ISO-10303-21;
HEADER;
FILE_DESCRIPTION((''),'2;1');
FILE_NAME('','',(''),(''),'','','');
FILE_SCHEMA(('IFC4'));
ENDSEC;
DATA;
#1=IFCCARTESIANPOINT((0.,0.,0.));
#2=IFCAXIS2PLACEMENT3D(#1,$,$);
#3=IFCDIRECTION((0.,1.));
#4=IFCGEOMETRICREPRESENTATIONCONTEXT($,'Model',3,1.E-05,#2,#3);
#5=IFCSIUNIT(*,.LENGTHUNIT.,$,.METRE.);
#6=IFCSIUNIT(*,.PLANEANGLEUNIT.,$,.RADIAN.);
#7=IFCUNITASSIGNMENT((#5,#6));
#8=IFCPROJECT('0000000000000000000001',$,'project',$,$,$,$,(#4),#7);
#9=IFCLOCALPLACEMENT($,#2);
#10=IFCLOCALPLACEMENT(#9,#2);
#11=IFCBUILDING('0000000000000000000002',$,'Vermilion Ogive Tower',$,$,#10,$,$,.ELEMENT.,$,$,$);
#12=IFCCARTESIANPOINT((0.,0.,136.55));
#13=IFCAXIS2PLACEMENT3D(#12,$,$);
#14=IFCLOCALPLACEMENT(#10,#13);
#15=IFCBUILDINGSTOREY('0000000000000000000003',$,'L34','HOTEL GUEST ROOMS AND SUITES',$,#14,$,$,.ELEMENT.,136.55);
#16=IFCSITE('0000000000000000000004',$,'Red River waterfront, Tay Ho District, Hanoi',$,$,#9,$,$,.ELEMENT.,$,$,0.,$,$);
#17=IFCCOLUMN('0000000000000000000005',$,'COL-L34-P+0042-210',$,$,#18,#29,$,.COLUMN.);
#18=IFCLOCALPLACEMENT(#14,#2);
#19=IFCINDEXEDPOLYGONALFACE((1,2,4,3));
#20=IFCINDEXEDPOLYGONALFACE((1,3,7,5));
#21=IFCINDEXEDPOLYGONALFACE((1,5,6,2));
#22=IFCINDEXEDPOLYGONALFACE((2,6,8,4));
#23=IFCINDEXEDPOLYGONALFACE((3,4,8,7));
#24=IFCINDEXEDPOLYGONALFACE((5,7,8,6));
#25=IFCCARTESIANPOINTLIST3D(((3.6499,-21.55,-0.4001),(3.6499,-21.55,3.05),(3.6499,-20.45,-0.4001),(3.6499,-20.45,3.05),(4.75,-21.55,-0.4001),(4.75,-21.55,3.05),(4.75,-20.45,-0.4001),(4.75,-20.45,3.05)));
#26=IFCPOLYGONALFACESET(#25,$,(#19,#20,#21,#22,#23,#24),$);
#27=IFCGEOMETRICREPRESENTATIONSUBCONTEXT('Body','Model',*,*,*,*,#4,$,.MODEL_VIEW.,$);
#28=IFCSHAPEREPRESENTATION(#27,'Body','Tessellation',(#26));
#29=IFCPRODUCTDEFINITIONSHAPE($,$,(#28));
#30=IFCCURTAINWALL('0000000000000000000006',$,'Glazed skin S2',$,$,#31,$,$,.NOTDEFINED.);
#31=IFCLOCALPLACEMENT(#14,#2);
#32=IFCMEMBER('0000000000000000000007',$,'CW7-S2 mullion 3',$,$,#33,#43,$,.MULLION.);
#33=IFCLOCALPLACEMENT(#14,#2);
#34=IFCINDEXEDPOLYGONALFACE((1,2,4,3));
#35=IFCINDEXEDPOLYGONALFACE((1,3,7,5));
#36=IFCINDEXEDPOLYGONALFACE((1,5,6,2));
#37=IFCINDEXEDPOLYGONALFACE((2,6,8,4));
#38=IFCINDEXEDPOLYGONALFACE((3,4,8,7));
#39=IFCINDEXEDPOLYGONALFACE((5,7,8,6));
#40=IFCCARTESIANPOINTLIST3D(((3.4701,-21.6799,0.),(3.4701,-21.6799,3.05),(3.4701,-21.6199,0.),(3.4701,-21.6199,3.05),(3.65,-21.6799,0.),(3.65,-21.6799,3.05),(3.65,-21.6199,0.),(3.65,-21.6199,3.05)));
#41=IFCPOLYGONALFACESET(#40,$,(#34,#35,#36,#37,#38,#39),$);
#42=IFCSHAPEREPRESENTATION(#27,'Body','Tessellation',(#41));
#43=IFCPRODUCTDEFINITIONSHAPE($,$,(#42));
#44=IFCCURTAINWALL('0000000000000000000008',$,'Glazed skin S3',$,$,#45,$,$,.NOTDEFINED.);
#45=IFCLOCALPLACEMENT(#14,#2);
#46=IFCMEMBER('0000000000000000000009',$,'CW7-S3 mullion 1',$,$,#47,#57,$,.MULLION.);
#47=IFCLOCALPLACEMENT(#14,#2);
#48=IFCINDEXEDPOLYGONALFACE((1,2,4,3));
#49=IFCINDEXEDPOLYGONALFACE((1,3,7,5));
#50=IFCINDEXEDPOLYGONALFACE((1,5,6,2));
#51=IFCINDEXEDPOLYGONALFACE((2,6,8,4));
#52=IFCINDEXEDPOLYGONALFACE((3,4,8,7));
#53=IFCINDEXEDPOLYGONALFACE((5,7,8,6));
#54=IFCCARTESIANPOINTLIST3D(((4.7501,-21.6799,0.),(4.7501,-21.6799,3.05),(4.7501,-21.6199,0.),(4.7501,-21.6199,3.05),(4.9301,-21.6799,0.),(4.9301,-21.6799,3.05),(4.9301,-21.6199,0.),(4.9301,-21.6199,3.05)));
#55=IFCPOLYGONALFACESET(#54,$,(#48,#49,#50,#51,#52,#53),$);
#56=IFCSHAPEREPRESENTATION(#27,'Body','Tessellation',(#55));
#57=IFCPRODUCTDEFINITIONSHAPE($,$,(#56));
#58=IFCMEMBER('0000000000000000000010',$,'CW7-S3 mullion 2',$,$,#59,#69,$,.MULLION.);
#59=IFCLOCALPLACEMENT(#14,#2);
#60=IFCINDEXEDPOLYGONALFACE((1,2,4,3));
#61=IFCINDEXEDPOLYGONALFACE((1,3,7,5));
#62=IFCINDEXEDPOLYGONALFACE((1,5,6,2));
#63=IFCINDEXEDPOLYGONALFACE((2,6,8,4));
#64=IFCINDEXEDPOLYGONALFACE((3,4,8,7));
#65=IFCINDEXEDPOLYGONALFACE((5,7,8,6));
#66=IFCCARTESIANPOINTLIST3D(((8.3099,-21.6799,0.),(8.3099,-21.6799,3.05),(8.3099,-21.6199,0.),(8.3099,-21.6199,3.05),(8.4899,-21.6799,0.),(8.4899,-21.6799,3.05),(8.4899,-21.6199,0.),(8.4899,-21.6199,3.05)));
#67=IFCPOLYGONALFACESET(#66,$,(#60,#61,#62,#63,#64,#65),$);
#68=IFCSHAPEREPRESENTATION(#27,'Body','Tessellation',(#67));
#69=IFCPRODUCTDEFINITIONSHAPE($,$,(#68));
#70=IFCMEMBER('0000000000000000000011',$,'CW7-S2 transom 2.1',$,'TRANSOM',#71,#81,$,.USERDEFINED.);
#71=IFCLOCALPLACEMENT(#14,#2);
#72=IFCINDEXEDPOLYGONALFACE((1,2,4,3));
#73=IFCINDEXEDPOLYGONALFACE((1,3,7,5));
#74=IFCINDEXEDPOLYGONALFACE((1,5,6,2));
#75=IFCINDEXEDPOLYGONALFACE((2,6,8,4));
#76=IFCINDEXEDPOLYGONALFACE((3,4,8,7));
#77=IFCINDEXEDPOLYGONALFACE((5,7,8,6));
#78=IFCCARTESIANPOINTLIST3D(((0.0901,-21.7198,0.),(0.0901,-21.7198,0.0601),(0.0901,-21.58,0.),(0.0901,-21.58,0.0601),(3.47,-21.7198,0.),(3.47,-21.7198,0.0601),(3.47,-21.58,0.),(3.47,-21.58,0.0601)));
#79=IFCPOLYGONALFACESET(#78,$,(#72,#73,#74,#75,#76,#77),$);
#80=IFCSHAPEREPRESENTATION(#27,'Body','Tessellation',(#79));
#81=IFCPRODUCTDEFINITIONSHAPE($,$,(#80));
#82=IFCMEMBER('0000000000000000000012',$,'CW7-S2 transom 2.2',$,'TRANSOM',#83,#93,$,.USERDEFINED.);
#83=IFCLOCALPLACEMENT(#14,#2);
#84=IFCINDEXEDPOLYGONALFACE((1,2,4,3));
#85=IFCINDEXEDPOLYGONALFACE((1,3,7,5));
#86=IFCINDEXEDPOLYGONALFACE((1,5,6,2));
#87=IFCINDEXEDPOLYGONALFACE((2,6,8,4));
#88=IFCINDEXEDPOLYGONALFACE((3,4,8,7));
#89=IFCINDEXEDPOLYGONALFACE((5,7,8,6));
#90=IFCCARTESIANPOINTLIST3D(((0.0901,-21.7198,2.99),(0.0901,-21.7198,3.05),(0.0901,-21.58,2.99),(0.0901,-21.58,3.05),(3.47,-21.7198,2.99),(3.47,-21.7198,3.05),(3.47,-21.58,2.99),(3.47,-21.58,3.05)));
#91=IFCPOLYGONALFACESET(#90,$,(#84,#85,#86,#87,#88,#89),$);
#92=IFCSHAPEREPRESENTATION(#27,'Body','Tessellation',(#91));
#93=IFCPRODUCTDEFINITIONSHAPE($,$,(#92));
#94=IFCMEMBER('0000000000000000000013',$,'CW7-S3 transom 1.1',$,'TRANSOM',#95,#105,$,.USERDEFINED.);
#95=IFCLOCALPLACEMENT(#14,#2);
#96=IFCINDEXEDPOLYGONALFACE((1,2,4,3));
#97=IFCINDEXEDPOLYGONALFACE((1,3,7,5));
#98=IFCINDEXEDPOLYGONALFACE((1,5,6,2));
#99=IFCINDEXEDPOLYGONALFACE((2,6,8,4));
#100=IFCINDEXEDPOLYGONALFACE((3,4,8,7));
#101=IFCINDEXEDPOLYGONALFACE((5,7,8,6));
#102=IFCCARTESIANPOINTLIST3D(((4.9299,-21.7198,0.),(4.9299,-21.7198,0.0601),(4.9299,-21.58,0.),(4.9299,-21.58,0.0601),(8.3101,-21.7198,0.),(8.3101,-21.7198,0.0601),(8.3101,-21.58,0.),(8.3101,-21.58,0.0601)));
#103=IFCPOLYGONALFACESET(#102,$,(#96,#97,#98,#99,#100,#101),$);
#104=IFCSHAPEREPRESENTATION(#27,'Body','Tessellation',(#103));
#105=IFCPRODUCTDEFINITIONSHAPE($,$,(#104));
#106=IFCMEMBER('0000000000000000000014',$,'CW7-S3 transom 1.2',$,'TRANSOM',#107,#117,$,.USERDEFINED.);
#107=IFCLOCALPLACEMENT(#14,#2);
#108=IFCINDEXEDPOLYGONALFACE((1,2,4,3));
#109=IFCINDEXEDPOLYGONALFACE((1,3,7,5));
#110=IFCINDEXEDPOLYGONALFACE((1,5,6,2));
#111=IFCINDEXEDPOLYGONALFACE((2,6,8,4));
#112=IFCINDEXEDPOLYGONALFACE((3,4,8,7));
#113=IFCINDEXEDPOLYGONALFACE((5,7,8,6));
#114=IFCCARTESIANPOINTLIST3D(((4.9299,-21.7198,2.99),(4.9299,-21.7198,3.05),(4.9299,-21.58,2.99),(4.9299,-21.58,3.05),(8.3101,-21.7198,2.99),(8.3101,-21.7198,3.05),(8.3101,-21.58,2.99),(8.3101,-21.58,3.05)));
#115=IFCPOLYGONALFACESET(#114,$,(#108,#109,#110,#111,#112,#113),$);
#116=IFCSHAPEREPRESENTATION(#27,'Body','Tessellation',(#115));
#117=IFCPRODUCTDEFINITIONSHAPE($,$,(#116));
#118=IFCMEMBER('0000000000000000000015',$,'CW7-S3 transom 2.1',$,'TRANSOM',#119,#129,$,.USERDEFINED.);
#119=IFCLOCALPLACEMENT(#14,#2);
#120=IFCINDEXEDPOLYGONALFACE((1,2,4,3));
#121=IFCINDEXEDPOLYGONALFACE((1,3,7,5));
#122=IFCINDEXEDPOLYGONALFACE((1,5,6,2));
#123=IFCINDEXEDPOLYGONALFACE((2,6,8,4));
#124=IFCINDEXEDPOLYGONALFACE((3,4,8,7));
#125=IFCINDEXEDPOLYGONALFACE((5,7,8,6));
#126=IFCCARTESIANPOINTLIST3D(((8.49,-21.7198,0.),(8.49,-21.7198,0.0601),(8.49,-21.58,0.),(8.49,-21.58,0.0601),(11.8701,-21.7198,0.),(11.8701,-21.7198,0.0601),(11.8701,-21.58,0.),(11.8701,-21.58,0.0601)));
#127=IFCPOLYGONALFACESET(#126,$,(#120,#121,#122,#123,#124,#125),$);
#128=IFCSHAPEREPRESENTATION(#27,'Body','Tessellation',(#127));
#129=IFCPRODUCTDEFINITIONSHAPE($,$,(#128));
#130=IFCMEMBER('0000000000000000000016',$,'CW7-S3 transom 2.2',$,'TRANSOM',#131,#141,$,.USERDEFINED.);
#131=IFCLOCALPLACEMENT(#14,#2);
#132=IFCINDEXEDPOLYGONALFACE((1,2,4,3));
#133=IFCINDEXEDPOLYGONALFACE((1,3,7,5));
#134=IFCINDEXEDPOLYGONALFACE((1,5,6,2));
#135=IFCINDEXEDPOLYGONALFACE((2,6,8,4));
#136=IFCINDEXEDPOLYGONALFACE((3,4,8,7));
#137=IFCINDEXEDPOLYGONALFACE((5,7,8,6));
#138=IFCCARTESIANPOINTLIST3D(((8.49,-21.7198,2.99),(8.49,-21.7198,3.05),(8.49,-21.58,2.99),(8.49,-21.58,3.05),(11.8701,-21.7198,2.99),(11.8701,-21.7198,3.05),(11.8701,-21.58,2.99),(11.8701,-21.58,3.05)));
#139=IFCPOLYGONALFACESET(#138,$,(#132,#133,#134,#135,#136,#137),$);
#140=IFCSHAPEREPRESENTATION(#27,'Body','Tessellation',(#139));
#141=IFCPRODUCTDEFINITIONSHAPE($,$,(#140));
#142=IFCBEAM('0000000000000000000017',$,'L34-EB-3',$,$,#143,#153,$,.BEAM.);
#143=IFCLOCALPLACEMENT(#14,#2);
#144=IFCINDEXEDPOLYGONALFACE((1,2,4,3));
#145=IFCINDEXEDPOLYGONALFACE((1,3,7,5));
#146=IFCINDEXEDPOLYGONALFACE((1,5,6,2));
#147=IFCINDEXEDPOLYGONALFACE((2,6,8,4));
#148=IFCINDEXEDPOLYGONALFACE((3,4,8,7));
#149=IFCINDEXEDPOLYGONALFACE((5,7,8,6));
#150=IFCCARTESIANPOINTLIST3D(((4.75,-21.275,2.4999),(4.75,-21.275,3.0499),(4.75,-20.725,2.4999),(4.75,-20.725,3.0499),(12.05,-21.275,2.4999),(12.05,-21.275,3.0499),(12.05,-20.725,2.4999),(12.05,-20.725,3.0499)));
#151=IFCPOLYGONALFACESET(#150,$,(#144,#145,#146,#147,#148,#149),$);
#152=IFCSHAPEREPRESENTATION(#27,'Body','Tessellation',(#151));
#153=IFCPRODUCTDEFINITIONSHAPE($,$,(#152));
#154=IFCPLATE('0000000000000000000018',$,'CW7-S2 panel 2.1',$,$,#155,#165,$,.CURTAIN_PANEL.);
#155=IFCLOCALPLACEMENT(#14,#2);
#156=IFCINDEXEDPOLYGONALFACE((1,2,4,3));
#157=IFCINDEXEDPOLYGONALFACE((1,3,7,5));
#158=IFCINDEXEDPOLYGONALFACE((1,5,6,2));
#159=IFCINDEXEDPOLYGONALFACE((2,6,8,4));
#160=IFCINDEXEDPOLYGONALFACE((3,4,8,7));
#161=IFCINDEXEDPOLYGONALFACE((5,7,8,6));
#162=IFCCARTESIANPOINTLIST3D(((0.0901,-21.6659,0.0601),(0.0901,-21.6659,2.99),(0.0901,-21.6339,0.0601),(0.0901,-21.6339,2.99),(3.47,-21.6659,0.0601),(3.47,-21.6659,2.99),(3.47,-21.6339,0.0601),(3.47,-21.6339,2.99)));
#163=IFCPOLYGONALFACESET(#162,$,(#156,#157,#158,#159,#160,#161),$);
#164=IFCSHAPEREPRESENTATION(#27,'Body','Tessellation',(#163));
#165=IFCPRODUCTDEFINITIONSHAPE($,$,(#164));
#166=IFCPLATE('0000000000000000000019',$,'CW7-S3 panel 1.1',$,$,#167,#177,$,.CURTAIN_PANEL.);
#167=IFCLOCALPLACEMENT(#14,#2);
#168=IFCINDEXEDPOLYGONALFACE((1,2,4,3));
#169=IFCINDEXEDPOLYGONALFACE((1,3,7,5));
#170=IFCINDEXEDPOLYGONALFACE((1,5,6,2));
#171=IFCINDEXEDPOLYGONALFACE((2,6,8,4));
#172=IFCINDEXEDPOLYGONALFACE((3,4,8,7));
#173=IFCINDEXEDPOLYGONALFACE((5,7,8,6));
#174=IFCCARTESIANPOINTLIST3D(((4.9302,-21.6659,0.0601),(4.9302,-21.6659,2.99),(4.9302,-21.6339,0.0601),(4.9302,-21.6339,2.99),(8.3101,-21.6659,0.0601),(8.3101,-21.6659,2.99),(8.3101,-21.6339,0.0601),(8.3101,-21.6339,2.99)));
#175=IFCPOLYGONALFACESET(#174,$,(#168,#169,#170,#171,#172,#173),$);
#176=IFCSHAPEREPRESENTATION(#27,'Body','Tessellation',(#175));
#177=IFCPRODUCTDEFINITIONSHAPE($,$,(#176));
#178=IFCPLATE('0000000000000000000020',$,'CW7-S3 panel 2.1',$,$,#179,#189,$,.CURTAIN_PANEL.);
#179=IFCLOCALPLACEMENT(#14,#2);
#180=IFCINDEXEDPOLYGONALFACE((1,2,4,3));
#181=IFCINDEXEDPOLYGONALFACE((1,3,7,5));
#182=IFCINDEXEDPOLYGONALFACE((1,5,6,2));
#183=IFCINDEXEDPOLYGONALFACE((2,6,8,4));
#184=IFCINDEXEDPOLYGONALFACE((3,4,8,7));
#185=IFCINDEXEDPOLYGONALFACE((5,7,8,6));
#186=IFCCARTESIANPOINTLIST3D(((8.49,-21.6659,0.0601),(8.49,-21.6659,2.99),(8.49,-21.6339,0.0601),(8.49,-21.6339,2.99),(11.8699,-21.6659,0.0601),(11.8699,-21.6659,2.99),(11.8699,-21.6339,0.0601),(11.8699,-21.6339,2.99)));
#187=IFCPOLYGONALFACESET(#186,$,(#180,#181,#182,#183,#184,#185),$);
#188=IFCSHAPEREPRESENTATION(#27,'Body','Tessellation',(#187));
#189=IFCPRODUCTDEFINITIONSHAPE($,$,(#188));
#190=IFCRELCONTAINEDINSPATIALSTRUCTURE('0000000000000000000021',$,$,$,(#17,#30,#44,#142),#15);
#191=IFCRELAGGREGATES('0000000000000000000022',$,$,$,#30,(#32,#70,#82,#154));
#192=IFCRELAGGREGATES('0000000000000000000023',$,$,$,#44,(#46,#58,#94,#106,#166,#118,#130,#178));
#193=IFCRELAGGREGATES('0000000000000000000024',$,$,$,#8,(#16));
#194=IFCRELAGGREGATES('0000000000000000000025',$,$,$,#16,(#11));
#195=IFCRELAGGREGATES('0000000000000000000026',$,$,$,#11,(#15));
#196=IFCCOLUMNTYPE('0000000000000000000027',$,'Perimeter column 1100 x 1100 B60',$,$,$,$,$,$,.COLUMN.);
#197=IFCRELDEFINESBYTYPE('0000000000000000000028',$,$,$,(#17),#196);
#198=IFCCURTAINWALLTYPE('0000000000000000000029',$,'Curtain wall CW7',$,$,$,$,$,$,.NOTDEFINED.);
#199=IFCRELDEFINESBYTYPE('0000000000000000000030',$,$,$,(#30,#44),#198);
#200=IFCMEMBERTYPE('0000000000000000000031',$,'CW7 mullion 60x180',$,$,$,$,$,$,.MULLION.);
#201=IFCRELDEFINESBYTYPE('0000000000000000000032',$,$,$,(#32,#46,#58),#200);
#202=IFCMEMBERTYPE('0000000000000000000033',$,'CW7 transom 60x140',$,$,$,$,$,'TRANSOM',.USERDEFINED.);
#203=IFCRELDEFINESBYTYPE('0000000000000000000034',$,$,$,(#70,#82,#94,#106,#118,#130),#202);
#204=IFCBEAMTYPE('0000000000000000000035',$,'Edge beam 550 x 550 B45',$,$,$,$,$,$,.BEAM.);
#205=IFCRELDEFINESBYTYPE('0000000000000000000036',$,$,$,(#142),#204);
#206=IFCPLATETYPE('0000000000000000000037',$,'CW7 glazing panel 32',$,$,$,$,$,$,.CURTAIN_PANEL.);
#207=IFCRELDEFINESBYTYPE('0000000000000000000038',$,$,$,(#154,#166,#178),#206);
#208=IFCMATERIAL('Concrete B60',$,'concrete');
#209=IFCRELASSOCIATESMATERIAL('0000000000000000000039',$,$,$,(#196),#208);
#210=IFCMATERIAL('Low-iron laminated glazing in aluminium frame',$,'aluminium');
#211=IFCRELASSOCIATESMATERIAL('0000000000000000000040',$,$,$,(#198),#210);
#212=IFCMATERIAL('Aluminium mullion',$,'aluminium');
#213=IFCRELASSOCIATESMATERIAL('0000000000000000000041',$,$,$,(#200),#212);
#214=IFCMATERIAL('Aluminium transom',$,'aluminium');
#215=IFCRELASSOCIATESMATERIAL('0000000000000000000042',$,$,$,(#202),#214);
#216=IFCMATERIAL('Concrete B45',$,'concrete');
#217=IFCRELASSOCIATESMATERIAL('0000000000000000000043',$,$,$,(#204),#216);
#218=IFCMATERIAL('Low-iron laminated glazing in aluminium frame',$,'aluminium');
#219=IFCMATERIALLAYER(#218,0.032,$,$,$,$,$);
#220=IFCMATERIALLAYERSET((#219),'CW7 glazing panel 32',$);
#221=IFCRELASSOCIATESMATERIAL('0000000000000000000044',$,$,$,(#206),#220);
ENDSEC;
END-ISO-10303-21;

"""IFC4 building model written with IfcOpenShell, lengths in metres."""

from ifc_helpers import new_model, si_unit, direction, frame, origin, origin_2d, place, context, subcontext, project, spatial, rectangle, extrude, material, layer, layer_set, material_profile, profile_set, type_object, element, aggregate, save


model = new_model("IFC4")

# Units and contexts
model_context = context("Model", 3, precision=1e-05, world=origin(), true_north=direction((0.0, 1.0)))
body_context = subcontext(model_context, "Body", "Model", "MODEL_VIEW")
ifc_project = project(units=[si_unit("LENGTHUNIT", "METRE"), si_unit("PLANEANGLEUNIT", "RADIAN")], contexts=[model_context])

# Site, building, storey
site_placement = place(None, origin())
site = spatial("IfcSite", under=ifc_project, at=site_placement, Name="Red River waterfront, Tay Ho District, Hanoi", CompositionType="ELEMENT", RefElevation=0.0)
building_placement = place(site_placement, origin())
building = spatial("IfcBuilding", under=site, at=building_placement, Name="Vermilion Ogive Tower", CompositionType="ELEMENT")
storey_placement = place(building_placement, frame((0.0, 0.0, 136.55)))
storey = spatial("IfcBuildingStorey", under=building, at=storey_placement, Name="L34", Description="HOTEL GUEST ROOMS AND SUITES", CompositionType="ELEMENT", Elevation=136.55)

# Column
ifc_material_1 = material(Name="Concrete B60", Category="concrete")
ifc_material_profile_1 = material_profile(ifc_material_1, rectangle(XDim=1.1001, YDim=1.1001, at=origin_2d()), Name="1100 x 1100")
ifc_profile_set_1 = profile_set([ifc_material_profile_1], Name="Concrete B60")
column_type = type_object("IfcColumnType", Name="Perimeter column 1100 x 1100 B60", PredefinedType="COLUMN", material=ifc_profile_set_1)
column_placement = place(storey_placement, frame((4.2, -21.0, -0.4001), z_axis=(0.0, 0.0, 1.0), x_axis=(1.0, 0.0, 0.0)))
element("IfcColumn", 1, at=column_placement, inside=storey, type_object=column_type, Name="COL-L34-P+0042-210", PredefinedType="COLUMN", context=body_context, shape_type="SweptSolid", body=[
    extrude(rectangle(XDim=1.1001, YDim=1.1001, at=origin_2d()), origin(), (0.0, 0.0, 1.0), 3.4502),
])

# Curtain wall, member
ifc_material_2 = material(Name="Low-iron laminated glazing in aluminium frame", Category="aluminium")
curtain_wall_type = type_object("IfcCurtainWallType", Name="Curtain wall CW7", PredefinedType="NOTDEFINED", material=ifc_material_2)
curtain_wall_1_placement = place(storey_placement, origin())
curtain_wall_1 = element("IfcCurtainWall", 2, at=curtain_wall_1_placement, inside=storey, type_object=curtain_wall_type, Name="Glazed skin S2", PredefinedType="NOTDEFINED")
ifc_material_3 = material(Name="Aluminium mullion", Category="aluminium")
ifc_material_profile_2 = material_profile(ifc_material_3, rectangle(XDim=0.0601, YDim=0.1799, at=origin_2d()), Name="AL 60x180")
ifc_profile_set_2 = profile_set([ifc_material_profile_2], Name="Aluminium mullion")
member_type_1 = type_object("IfcMemberType", Name="CW7 mullion 60x180", PredefinedType="MULLION", material=ifc_profile_set_2)
member_1_placement = place(storey_placement, frame((3.5601, -21.6499, 0.0), z_axis=(0.0, 0.0, 1.0), x_axis=(0.0, 1.0, 0.0)))
member_1 = element("IfcMember", 3, at=member_1_placement, type_object=member_type_1, Name="CW7-S2 mullion 3", PredefinedType="MULLION", context=body_context, shape_type="SweptSolid", body=[
    extrude(rectangle(XDim=0.0601, YDim=0.1799, at=origin_2d()), origin(), (0.0, 0.0, 1.0), 3.05),
])

# Curtain wall, members
curtain_wall_2_placement = place(storey_placement, origin())
curtain_wall_2 = element("IfcCurtainWall", 4, at=curtain_wall_2_placement, inside=storey, type_object=curtain_wall_type, Name="Glazed skin S3", PredefinedType="NOTDEFINED")
member_2_placement = place(storey_placement, frame((4.8401, -21.6499, 0.0), z_axis=(0.0, 0.0, 1.0), x_axis=(0.0, 1.0, 0.0)))
member_2 = element("IfcMember", 5, at=member_2_placement, type_object=member_type_1, Name="CW7-S3 mullion 1", PredefinedType="MULLION", context=body_context, shape_type="SweptSolid", body=[
    extrude(rectangle(XDim=0.0601, YDim=0.1799, at=origin_2d()), origin(), (0.0, 0.0, 1.0), 3.05),
])
member_3_placement = place(storey_placement, frame((8.3999, -21.6499, 0.0), z_axis=(0.0, 0.0, 1.0), x_axis=(0.0, 1.0, 0.0)))
member_3 = element("IfcMember", 6, at=member_3_placement, type_object=member_type_1, Name="CW7-S3 mullion 2", PredefinedType="MULLION", context=body_context, shape_type="SweptSolid", body=[
    extrude(rectangle(XDim=0.0601, YDim=0.1799, at=origin_2d()), origin(), (0.0, 0.0, 1.0), 3.05),
])

# Members
ifc_material_4 = material(Name="Aluminium transom", Category="aluminium")
ifc_material_profile_3 = material_profile(ifc_material_4, rectangle(XDim=0.1399, YDim=0.0601, at=origin_2d()), Name="AL 60x140")
ifc_profile_set_3 = profile_set([ifc_material_profile_3], Name="Aluminium transom")
member_type_2 = type_object("IfcMemberType", Name="CW7 transom 60x140", ElementType="TRANSOM", PredefinedType="USERDEFINED", material=ifc_profile_set_3)
member_4_placement = place(storey_placement, frame((0.0901, -21.6499, 0.03), z_axis=(1.0, 0.0, 0.0), x_axis=(0.0, 1.0, 0.0)))
member_4 = element("IfcMember", 7, at=member_4_placement, type_object=member_type_2, Name="CW7-S2 transom 2.1", ObjectType="TRANSOM", PredefinedType="USERDEFINED", context=body_context, shape_type="SweptSolid", body=[
    extrude(rectangle(XDim=0.1399, YDim=0.0601, at=origin_2d()), origin(), (0.0, 0.0, 1.0), 3.3799),
])
member_5_placement = place(storey_placement, frame((0.0901, -21.6499, 3.02), z_axis=(1.0, 0.0, 0.0), x_axis=(0.0, 1.0, 0.0)))
member_5 = element("IfcMember", 8, at=member_5_placement, type_object=member_type_2, Name="CW7-S2 transom 2.2", ObjectType="TRANSOM", PredefinedType="USERDEFINED", context=body_context, shape_type="SweptSolid", body=[
    extrude(rectangle(XDim=0.1399, YDim=0.0601, at=origin_2d()), origin(), (0.0, 0.0, 1.0), 3.3799),
])
member_6_placement = place(storey_placement, frame((4.9299, -21.6499, 0.03), z_axis=(1.0, 0.0, 0.0), x_axis=(0.0, 1.0, 0.0)))
member_6 = element("IfcMember", 9, at=member_6_placement, type_object=member_type_2, Name="CW7-S3 transom 1.1", ObjectType="TRANSOM", PredefinedType="USERDEFINED", context=body_context, shape_type="SweptSolid", body=[
    extrude(rectangle(XDim=0.1399, YDim=0.0601, at=origin_2d()), origin(), (0.0, 0.0, 1.0), 3.3801),
])
member_7_placement = place(storey_placement, frame((4.9299, -21.6499, 3.02), z_axis=(1.0, 0.0, 0.0), x_axis=(0.0, 1.0, 0.0)))
member_7 = element("IfcMember", 10, at=member_7_placement, type_object=member_type_2, Name="CW7-S3 transom 1.2", ObjectType="TRANSOM", PredefinedType="USERDEFINED", context=body_context, shape_type="SweptSolid", body=[
    extrude(rectangle(XDim=0.1399, YDim=0.0601, at=origin_2d()), origin(), (0.0, 0.0, 1.0), 3.3801),
])
member_8_placement = place(storey_placement, frame((8.49, -21.6499, 0.03), z_axis=(1.0, 0.0, 0.0), x_axis=(0.0, 1.0, 0.0)))
member_8 = element("IfcMember", 11, at=member_8_placement, type_object=member_type_2, Name="CW7-S3 transom 2.1", ObjectType="TRANSOM", PredefinedType="USERDEFINED", context=body_context, shape_type="SweptSolid", body=[
    extrude(rectangle(XDim=0.1399, YDim=0.0601, at=origin_2d()), origin(), (0.0, 0.0, 1.0), 3.3801),
])
member_9_placement = place(storey_placement, frame((8.49, -21.6499, 3.02), z_axis=(1.0, 0.0, 0.0), x_axis=(0.0, 1.0, 0.0)))
member_9 = element("IfcMember", 12, at=member_9_placement, type_object=member_type_2, Name="CW7-S3 transom 2.2", ObjectType="TRANSOM", PredefinedType="USERDEFINED", context=body_context, shape_type="SweptSolid", body=[
    extrude(rectangle(XDim=0.1399, YDim=0.0601, at=origin_2d()), origin(), (0.0, 0.0, 1.0), 3.3801),
])

# Beam
ifc_material_5 = material(Name="Concrete B45", Category="concrete")
ifc_material_profile_4 = material_profile(ifc_material_5, rectangle(XDim=0.55, YDim=0.55, at=origin_2d()), Name="550 x 550")
ifc_profile_set_4 = profile_set([ifc_material_profile_4], Name="Concrete B45")
beam_type = type_object("IfcBeamType", Name="Edge beam 550 x 550 B45", PredefinedType="BEAM", material=ifc_profile_set_4)
beam_placement = place(storey_placement, frame((4.75, -21.0, 2.7749), z_axis=(1.0, 0.0, 0.0), x_axis=(0.0, 1.0, 0.0)))
element("IfcBeam", 13, at=beam_placement, inside=storey, type_object=beam_type, Name="L34-EB-3", PredefinedType="BEAM", context=body_context, shape_type="SweptSolid", body=[
    extrude(rectangle(XDim=0.55, YDim=0.55, at=origin_2d()), origin(), (0.0, 0.0, 1.0), 7.3),
])

# Plates
ifc_material_6 = material(Name="Low-iron laminated glazing in aluminium frame", Category="aluminium")
ifc_layer_1 = layer(ifc_material_6, 0.032)
ifc_layer_set_1 = layer_set([ifc_layer_1], Name="CW7 glazing panel 32")
plate_type = type_object("IfcPlateType", Name="CW7 glazing panel 32", PredefinedType="CURTAIN_PANEL", material=ifc_layer_set_1)
plate_1_placement = place(storey_placement, frame((1.78, -21.6499, 0.0601), z_axis=(0.0, 0.0, 1.0), x_axis=(1.0, 0.0, 0.0)))
plate_1 = element("IfcPlate", 14, at=plate_1_placement, type_object=plate_type, Name="CW7-S2 panel 2.1", PredefinedType="CURTAIN_PANEL", context=body_context, shape_type="SweptSolid", body=[
    extrude(rectangle(XDim=3.3799, YDim=0.032, at=origin_2d()), origin(), (0.0, 0.0, 1.0), 2.9299),
])
aggregate(curtain_wall_1, [member_1, member_4, member_5, plate_1])
plate_2_placement = place(storey_placement, frame((6.6201, -21.6499, 0.0601), z_axis=(0.0, 0.0, 1.0), x_axis=(1.0, 0.0, 0.0)))
plate_2 = element("IfcPlate", 15, at=plate_2_placement, type_object=plate_type, Name="CW7-S3 panel 1.1", PredefinedType="CURTAIN_PANEL", context=body_context, shape_type="SweptSolid", body=[
    extrude(rectangle(XDim=3.3799, YDim=0.032, at=origin_2d()), origin(), (0.0, 0.0, 1.0), 2.9299),
])
plate_3_placement = place(storey_placement, frame((10.1799, -21.6499, 0.0601), z_axis=(0.0, 0.0, 1.0), x_axis=(1.0, 0.0, 0.0)))
plate_3 = element("IfcPlate", 16, at=plate_3_placement, type_object=plate_type, Name="CW7-S3 panel 2.1", PredefinedType="CURTAIN_PANEL", context=body_context, shape_type="SweptSolid", body=[
    extrude(rectangle(XDim=3.3799, YDim=0.032, at=origin_2d()), origin(), (0.0, 0.0, 1.0), 2.9299),
])
aggregate(curtain_wall_2, [member_2, member_3, member_6, member_7, plate_2, member_8, member_9, plate_3])

save(model, "model.ifc")
